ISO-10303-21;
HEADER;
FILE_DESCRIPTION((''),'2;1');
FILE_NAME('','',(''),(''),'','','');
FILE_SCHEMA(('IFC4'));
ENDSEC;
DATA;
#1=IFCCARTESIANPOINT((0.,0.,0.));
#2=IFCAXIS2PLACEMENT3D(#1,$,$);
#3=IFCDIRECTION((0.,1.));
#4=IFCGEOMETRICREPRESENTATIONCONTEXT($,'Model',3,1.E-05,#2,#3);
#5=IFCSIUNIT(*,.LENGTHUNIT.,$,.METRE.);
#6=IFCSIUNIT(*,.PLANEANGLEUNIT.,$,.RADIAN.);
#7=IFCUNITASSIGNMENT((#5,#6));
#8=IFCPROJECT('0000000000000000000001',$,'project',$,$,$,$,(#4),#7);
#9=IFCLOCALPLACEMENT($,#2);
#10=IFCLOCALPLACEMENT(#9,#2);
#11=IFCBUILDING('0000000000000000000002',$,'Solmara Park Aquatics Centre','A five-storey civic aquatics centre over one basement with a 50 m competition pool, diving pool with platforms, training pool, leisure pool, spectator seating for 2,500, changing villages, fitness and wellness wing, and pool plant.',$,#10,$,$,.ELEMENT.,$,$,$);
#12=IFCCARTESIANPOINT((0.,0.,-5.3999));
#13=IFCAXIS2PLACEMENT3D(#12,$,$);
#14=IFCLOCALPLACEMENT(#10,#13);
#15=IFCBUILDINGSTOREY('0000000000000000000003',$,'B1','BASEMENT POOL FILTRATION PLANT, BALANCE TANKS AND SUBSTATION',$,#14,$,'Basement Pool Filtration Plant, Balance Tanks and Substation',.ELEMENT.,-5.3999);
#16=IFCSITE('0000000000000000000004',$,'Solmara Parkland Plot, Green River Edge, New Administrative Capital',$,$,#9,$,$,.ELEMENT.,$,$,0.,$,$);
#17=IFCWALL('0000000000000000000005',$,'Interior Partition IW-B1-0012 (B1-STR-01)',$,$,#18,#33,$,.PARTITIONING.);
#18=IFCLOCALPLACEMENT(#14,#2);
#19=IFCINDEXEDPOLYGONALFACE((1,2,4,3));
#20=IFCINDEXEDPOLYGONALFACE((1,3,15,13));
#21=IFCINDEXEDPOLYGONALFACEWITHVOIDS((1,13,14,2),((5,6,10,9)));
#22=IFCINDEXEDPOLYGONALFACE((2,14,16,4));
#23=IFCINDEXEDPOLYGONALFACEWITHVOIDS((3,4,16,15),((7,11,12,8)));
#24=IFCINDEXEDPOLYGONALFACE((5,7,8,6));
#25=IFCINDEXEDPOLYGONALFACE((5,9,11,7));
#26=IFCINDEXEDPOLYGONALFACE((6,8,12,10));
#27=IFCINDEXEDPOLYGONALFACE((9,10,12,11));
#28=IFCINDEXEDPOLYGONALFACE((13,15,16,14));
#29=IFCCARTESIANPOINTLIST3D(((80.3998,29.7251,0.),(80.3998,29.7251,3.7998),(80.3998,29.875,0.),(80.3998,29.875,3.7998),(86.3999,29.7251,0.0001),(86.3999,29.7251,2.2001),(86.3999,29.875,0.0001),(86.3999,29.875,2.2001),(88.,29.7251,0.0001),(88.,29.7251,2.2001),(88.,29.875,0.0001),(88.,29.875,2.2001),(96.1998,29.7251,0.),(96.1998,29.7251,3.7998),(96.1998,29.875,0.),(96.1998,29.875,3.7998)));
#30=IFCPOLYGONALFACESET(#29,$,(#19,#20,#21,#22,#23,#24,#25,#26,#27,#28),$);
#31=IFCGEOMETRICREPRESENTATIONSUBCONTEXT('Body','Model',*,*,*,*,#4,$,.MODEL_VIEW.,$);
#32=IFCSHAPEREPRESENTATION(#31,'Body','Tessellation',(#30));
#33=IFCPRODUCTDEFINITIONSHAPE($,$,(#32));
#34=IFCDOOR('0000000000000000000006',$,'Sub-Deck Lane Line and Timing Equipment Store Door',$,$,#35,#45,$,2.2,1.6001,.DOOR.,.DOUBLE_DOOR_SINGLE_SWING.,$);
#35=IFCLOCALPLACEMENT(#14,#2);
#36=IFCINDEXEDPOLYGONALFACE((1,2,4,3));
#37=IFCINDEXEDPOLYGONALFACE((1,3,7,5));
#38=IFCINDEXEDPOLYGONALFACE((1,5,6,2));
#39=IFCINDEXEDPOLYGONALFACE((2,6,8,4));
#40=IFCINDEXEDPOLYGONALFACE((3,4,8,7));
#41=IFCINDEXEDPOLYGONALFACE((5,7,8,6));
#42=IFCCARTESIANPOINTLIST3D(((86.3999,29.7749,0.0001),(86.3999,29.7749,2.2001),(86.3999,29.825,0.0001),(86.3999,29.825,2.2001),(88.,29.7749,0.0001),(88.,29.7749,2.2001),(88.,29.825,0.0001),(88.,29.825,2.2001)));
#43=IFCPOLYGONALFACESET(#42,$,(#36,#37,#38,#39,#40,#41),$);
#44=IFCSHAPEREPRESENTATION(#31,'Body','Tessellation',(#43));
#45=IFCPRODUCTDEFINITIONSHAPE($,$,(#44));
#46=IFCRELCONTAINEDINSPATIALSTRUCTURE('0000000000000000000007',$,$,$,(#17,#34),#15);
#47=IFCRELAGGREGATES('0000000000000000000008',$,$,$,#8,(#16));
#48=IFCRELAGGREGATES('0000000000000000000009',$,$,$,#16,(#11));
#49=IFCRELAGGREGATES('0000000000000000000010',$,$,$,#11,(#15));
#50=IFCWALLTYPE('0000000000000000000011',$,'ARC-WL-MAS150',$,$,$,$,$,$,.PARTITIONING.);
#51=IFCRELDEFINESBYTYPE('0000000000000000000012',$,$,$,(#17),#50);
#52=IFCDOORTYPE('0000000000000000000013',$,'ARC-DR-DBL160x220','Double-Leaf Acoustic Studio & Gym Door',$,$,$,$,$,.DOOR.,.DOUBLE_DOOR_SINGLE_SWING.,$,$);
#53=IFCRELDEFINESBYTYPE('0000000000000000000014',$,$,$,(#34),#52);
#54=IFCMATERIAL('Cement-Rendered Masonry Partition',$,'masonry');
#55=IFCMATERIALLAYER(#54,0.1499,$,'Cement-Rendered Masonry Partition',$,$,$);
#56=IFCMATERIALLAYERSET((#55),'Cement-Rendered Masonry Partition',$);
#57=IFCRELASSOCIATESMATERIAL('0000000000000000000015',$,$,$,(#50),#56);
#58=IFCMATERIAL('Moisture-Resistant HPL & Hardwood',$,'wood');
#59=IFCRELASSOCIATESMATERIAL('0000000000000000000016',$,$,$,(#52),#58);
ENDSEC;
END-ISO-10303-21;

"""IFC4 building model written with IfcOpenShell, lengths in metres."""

from ifc_helpers import new_model, si_unit, direction, frame, frame_2d, origin, place, context, subcontext, project, spatial, rectangle, extrude, material, layer, layer_set, type_object, element, fill, save


model = new_model("IFC4")

# Units and contexts
model_context = context("Model", 3, precision=1e-05, world=origin(), true_north=direction((0.0, 1.0)))
body_context = subcontext(model_context, "Body", "Model", "MODEL_VIEW")
ifc_project = project(units=[si_unit("LENGTHUNIT", "METRE"), si_unit("PLANEANGLEUNIT", "RADIAN")], contexts=[model_context])

# Site, building, storey
site_placement = place(None, origin())
site = spatial("IfcSite", under=ifc_project, at=site_placement, Name="Solmara Parkland Plot, Green River Edge, New Administrative Capital", CompositionType="ELEMENT", RefElevation=0.0)
building_placement = place(site_placement, origin())
building = spatial("IfcBuilding", under=site, at=building_placement, Name="Solmara Park Aquatics Centre", Description="A five-storey civic aquatics centre over one basement with a 50 m competition pool, diving pool with platforms, training pool, leisure pool, spectator seating for 2,500, changing villages, fitness and wellness wing, and pool plant.", CompositionType="ELEMENT")
storey_placement = place(building_placement, frame((0.0, 0.0, -5.3999)))
storey = spatial("IfcBuildingStorey", under=building, at=storey_placement, Name="B1", Description="BASEMENT POOL FILTRATION PLANT, BALANCE TANKS AND SUBSTATION", LongName="Basement Pool Filtration Plant, Balance Tanks and Substation", CompositionType="ELEMENT", Elevation=-5.3999)

# Shared definitions
ifc_material_1 = material(Name="Cement-Rendered Masonry Partition", Category="masonry")
ifc_layer_1 = layer(ifc_material_1, 0.1499, Name="Cement-Rendered Masonry Partition")
ifc_layer_set_1 = layer_set([ifc_layer_1], Name="Cement-Rendered Masonry Partition")
wall_type = type_object("IfcWallType", Name="ARC-WL-MAS150", PredefinedType="PARTITIONING", material=ifc_layer_set_1)

# Wall, opening, door
wall_1_placement = place(storey_placement, frame((80.3999, 29.8, 0.0), z_axis=(0.0, 0.0, 1.0), x_axis=(1.0, 0.0, 0.0)))
wall_1 = element("IfcWall", 1, at=wall_1_placement, inside=storey, type_object=wall_type, Name="Interior Partition IW-B1-0012 (B1-STR-01)", PredefinedType="PARTITIONING", context=body_context, shape_type="SweptSolid", body=[
    extrude(rectangle(XDim=15.8, YDim=0.1499, at=frame_2d((7.8999, 0.0))), origin(), (0.0, 0.0, 1.0), 3.7998),
])
opening_placement = place(wall_1_placement, frame((6.0, 0.0, 0.0)))
opening = element("IfcOpeningElement", 2, at=opening_placement, cuts=wall_1, PredefinedType="OPENING", context=body_context, shape_type="SweptSolid", body=[
    extrude(rectangle(XDim=1.6001, YDim=2.2, at=frame_2d((0.8, 1.1001))), frame((0.0, 0.085, 0.0), z_axis=(0.0, -1.0, 0.0), x_axis=(1.0, 0.0, 0.0)), (0.0, 0.0, 1.0), 0.1699),
])
ifc_material_2 = material(Name="Moisture-Resistant HPL & Hardwood", Category="wood")
door_type = type_object("IfcDoorType", Name="ARC-DR-DBL160x220", Description="Double-Leaf Acoustic Studio & Gym Door", OperationType="DOUBLE_DOOR_SINGLE_SWING", PredefinedType="DOOR", material=ifc_material_2)
door_placement = place(opening_placement, origin())
door = element("IfcDoor", 3, at=door_placement, inside=storey, type_object=door_type, Name="Sub-Deck Lane Line and Timing Equipment Store Door", OperationType="DOUBLE_DOOR_SINGLE_SWING", OverallHeight=2.2, OverallWidth=1.6001, PredefinedType="DOOR", context=body_context, shape_type="SweptSolid", body=[
    extrude(rectangle(XDim=1.6001, YDim=2.2, at=frame_2d((0.8, 1.1001))), frame((0.0, 0.0249, 0.0), z_axis=(0.0, -1.0, 0.0), x_axis=(1.0, 0.0, 0.0)), (0.0, 0.0, 1.0), 0.05),
])
fill(opening, door)

save(model, "model.ifc")
